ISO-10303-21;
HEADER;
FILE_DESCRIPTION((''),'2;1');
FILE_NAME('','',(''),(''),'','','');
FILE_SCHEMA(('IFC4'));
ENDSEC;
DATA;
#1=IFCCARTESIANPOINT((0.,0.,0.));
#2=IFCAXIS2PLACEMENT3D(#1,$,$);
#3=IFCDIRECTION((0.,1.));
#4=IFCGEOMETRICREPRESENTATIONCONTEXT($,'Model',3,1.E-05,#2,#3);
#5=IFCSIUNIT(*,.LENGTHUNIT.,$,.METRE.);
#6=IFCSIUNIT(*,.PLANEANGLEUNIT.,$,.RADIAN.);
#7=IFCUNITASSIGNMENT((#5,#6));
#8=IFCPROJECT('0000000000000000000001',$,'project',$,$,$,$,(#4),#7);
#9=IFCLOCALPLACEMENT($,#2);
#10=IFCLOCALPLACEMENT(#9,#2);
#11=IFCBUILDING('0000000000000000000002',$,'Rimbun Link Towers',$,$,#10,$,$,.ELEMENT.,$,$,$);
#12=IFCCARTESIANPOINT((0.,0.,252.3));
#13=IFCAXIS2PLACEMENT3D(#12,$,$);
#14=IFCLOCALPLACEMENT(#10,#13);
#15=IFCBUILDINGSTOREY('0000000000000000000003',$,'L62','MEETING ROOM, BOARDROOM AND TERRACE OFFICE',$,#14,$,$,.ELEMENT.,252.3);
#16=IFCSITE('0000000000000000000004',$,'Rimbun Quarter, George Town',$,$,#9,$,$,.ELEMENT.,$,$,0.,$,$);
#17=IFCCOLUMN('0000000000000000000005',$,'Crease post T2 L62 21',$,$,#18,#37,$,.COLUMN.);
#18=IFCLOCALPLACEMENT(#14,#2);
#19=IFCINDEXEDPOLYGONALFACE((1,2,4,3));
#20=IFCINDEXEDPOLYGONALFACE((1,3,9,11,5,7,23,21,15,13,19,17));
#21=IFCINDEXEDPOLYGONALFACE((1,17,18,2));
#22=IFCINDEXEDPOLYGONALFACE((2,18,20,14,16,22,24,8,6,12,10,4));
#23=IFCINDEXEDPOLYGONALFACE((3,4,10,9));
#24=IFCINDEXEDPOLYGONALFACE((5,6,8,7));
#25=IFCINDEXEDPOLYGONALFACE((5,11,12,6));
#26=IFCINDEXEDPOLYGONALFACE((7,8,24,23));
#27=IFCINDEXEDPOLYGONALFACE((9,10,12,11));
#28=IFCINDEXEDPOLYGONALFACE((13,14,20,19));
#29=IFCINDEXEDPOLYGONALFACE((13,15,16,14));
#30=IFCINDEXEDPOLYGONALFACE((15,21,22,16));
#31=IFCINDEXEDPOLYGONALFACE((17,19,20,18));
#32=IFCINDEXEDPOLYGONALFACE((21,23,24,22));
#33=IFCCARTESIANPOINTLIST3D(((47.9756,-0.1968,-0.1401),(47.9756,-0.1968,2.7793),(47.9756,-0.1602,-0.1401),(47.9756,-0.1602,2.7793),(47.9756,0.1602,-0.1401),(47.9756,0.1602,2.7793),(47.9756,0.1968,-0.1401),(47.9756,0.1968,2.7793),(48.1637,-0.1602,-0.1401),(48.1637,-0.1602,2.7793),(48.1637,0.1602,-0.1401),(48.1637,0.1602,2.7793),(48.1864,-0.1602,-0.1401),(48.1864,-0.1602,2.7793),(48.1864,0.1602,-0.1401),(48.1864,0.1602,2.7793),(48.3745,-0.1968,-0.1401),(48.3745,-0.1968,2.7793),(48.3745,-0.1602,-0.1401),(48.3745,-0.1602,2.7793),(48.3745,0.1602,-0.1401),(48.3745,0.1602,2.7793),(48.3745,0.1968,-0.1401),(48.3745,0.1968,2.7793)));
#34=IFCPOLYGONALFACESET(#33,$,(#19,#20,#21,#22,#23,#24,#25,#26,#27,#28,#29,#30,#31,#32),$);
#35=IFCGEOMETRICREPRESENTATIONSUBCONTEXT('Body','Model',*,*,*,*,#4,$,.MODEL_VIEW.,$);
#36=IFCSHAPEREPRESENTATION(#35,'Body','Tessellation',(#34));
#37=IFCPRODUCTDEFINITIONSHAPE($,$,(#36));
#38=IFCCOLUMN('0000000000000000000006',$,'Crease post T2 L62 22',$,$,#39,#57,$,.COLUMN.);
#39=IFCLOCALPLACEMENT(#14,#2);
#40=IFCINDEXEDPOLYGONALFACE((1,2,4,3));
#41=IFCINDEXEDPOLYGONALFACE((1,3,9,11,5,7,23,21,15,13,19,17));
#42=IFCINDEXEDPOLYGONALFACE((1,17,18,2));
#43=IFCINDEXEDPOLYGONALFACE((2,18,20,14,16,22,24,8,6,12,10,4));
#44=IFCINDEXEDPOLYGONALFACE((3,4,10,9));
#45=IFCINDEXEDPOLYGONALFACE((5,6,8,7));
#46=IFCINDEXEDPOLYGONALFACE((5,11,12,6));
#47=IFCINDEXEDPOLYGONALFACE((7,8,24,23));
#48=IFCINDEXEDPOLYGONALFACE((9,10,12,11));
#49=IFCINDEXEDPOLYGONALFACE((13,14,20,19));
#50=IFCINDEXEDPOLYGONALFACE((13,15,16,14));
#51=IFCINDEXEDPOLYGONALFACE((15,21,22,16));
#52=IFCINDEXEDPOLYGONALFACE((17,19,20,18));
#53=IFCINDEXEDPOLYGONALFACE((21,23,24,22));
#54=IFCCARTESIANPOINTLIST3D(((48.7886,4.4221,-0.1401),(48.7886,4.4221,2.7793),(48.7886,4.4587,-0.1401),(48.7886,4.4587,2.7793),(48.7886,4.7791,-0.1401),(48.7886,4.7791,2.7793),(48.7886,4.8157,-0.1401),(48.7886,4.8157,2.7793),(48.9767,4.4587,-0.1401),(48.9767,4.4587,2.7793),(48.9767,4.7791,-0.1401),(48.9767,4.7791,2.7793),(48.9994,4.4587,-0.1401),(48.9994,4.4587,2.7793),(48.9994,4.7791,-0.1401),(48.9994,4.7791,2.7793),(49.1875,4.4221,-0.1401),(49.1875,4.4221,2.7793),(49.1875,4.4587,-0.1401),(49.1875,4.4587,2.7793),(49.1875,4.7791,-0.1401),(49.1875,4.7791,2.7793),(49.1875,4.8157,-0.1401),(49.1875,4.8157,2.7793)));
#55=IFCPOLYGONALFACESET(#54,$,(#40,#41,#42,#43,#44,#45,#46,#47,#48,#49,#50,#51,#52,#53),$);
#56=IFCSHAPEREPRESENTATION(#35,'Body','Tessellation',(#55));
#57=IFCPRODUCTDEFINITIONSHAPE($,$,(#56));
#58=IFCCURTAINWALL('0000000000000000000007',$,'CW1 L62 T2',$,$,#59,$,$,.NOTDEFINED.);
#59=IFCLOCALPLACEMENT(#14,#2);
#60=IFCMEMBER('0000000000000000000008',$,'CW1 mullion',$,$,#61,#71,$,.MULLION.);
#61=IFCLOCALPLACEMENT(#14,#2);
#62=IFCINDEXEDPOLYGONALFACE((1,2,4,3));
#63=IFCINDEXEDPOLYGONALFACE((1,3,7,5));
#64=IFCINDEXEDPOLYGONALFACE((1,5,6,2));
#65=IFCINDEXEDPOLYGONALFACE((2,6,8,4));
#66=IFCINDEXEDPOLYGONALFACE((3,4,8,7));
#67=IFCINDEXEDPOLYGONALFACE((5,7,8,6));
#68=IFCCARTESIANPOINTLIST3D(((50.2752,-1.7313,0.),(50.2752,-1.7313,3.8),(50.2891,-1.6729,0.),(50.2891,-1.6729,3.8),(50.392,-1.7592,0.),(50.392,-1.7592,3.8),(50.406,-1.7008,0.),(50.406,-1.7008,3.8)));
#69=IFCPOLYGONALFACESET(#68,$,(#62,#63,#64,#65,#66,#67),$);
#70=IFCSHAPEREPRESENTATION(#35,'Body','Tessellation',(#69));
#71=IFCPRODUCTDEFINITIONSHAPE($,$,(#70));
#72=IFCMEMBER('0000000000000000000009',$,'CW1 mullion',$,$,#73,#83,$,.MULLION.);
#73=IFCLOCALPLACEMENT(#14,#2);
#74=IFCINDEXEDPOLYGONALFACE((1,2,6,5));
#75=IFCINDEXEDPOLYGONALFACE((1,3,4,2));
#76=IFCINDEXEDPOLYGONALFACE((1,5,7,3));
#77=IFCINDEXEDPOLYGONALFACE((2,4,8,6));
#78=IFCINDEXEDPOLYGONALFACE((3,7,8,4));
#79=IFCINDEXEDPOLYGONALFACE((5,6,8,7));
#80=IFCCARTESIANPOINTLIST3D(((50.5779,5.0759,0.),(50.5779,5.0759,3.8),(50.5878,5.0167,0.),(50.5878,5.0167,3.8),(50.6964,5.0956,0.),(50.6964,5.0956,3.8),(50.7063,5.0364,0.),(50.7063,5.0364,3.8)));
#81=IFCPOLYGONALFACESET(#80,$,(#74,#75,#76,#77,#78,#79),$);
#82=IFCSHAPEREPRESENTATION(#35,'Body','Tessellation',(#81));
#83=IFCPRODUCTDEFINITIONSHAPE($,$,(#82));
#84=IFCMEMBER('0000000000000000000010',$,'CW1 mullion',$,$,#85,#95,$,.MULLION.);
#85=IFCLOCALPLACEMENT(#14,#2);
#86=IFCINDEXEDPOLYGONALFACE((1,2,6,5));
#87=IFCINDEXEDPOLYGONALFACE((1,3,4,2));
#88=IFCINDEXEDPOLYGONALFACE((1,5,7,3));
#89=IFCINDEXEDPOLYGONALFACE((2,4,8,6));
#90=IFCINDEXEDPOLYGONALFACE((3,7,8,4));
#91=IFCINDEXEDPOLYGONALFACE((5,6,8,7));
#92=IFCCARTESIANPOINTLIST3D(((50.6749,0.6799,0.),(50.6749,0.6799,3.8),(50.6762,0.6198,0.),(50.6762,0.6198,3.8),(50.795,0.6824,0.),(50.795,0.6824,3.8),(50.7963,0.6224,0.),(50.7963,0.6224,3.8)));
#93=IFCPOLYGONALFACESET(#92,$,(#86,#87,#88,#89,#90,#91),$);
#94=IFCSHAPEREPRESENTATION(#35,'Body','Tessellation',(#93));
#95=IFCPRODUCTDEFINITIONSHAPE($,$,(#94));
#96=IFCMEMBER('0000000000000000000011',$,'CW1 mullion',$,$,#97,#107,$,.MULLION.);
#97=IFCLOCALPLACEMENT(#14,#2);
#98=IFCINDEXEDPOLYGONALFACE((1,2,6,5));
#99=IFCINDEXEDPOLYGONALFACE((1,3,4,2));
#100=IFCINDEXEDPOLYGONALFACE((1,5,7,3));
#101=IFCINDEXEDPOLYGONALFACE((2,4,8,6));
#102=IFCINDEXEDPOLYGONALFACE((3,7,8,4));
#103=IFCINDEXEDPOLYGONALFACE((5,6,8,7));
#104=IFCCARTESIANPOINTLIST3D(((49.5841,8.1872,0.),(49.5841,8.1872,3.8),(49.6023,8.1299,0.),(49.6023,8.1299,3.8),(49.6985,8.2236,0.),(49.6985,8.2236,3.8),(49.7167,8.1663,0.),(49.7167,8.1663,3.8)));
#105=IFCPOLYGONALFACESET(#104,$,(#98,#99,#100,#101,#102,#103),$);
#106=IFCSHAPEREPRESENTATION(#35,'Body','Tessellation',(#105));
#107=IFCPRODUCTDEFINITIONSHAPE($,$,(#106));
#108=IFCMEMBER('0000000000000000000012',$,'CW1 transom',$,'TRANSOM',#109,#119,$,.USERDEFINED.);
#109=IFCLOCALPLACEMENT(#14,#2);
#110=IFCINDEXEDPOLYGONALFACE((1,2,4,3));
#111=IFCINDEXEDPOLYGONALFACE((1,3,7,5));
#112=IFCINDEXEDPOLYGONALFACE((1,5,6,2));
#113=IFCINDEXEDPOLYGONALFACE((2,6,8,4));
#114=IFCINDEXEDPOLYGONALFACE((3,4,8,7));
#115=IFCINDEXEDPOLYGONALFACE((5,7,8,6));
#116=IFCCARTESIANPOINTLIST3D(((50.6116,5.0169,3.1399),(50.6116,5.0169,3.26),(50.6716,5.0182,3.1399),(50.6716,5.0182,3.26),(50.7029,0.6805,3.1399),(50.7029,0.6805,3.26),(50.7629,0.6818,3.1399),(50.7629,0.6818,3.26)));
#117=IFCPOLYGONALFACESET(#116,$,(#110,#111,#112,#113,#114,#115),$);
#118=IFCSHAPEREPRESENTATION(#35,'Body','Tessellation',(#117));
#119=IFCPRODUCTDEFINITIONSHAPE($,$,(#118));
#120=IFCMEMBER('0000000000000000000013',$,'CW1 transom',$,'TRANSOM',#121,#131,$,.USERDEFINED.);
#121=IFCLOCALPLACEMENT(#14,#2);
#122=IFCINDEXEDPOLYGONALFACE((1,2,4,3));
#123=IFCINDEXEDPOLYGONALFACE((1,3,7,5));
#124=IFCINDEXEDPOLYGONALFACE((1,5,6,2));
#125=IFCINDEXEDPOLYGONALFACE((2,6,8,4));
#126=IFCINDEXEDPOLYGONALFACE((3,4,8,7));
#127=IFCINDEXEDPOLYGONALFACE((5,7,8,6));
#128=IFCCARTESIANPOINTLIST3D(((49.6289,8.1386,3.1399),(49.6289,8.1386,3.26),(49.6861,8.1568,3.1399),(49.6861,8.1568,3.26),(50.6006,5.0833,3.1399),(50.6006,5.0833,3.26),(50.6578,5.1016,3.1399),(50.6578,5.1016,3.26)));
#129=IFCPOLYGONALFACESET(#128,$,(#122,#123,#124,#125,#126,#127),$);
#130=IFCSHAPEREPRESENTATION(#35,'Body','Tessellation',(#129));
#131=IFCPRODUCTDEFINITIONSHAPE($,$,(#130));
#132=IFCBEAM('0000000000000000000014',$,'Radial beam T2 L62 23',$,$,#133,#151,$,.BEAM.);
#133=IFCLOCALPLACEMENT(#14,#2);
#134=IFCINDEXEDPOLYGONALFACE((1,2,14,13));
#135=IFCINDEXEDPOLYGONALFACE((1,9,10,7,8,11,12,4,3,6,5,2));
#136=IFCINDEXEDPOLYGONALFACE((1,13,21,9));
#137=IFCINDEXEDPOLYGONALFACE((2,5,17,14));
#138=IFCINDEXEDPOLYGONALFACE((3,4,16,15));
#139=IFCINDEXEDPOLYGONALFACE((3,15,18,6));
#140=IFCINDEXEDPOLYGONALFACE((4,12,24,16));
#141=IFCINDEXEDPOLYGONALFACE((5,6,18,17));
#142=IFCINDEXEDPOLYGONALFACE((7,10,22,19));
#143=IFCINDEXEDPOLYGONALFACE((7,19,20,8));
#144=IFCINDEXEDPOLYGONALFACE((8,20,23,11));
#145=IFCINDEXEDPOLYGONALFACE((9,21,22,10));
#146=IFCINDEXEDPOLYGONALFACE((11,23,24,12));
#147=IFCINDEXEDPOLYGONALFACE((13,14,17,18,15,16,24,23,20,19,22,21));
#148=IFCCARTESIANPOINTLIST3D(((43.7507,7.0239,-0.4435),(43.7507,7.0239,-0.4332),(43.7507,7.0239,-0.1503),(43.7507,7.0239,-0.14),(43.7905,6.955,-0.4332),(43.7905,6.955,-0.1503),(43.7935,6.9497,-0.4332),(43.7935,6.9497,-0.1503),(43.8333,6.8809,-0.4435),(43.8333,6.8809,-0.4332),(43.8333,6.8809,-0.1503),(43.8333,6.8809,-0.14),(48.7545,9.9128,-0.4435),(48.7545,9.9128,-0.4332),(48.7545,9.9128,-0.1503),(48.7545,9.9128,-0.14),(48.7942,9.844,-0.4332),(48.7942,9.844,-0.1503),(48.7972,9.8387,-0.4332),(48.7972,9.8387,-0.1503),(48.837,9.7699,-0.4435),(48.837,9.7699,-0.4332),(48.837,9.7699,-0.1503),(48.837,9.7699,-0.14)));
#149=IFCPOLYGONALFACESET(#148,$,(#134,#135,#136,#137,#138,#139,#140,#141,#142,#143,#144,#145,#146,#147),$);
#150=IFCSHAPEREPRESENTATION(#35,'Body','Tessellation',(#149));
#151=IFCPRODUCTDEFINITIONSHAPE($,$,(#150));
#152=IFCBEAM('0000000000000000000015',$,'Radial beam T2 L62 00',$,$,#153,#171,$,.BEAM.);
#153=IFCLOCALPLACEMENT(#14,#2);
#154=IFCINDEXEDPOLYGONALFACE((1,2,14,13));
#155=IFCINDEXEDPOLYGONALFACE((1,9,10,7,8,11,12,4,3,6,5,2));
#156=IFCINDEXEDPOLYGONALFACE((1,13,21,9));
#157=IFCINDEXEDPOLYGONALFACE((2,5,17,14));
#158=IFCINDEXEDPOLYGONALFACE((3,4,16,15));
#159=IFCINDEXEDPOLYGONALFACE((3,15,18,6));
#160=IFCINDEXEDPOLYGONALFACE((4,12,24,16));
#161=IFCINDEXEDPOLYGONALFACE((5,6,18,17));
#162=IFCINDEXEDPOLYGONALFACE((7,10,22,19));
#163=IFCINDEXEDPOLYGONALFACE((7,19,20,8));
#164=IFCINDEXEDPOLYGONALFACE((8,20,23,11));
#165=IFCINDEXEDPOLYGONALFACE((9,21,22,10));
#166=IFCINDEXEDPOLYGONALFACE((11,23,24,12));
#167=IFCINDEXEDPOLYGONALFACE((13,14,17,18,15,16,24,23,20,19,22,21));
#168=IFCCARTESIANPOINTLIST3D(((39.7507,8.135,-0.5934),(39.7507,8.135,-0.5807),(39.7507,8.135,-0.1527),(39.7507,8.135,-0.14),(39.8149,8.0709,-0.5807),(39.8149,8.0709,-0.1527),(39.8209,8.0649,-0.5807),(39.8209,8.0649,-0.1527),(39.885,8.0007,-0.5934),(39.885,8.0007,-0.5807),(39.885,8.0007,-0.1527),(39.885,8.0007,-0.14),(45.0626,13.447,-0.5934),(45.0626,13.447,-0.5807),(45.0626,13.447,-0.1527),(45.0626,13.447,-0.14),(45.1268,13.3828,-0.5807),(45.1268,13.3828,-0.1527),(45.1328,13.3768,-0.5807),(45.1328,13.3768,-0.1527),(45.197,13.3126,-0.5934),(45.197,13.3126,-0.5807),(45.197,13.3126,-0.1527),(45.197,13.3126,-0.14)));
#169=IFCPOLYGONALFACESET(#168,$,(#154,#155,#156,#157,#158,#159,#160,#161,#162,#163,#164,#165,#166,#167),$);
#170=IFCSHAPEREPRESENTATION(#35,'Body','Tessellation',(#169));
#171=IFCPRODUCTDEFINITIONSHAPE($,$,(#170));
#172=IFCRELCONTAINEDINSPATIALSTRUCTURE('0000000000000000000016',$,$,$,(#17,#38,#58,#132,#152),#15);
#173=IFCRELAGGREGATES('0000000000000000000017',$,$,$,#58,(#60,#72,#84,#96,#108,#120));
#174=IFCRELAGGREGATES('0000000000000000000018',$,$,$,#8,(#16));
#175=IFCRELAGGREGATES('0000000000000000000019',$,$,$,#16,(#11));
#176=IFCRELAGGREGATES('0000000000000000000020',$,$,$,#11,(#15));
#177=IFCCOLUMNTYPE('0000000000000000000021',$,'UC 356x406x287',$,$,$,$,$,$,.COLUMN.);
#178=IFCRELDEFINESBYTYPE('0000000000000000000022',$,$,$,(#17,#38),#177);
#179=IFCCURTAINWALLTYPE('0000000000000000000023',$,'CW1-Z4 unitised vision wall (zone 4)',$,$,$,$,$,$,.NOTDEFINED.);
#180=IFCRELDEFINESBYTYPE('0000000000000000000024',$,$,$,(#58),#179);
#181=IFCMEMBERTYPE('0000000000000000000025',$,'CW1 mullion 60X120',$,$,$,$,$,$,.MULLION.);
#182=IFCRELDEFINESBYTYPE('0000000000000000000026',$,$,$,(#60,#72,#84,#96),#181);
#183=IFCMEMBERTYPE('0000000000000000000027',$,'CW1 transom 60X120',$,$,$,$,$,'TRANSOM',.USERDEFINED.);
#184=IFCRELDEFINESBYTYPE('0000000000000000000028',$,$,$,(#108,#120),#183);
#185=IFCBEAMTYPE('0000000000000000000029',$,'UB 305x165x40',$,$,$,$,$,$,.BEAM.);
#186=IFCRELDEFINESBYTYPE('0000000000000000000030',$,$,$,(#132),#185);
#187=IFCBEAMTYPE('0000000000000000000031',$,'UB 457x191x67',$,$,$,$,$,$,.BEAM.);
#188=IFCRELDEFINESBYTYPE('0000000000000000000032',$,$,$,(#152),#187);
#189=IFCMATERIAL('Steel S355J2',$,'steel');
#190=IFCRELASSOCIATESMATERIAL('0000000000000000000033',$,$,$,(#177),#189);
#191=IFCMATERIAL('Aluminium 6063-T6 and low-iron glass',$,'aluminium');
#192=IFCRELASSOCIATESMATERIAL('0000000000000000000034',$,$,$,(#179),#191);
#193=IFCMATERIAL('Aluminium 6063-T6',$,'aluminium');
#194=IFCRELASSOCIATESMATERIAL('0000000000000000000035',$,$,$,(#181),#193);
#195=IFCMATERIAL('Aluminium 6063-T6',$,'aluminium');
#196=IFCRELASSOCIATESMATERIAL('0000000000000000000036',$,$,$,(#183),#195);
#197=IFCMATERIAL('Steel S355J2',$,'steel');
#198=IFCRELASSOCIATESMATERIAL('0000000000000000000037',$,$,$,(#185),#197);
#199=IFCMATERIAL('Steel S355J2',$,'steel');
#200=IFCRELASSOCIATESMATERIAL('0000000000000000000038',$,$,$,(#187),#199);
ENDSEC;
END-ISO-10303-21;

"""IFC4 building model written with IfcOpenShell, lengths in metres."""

from ifc_helpers import new_model, si_unit, direction, frame, origin, origin_2d, place, context, subcontext, project, spatial, rectangle, i_section, extrude, material, material_profile, profile_set, type_object, element, aggregate, save


model = new_model("IFC4")

# Units and contexts
model_context = context("Model", 3, precision=1e-05, world=origin(), true_north=direction((0.0, 1.0)))
body_context = subcontext(model_context, "Body", "Model", "MODEL_VIEW")
ifc_project = project(units=[si_unit("LENGTHUNIT", "METRE"), si_unit("PLANEANGLEUNIT", "RADIAN")], contexts=[model_context])

# Site, building, storey
site_placement = place(None, origin())
site = spatial("IfcSite", under=ifc_project, at=site_placement, Name="Rimbun Quarter, George Town", CompositionType="ELEMENT", RefElevation=0.0)
building_placement = place(site_placement, origin())
building = spatial("IfcBuilding", under=site, at=building_placement, Name="Rimbun Link Towers", CompositionType="ELEMENT")
storey_placement = place(building_placement, frame((0.0, 0.0, 252.3)))
storey = spatial("IfcBuildingStorey", under=building, at=storey_placement, Name="L62", Description="MEETING ROOM, BOARDROOM AND TERRACE OFFICE", CompositionType="ELEMENT", Elevation=252.3)

# Columns
ifc_material_1 = material(Name="Steel S355J2", Category="steel")
ifc_material_profile_1 = material_profile(ifc_material_1, i_section(OverallWidth=0.3989, OverallDepth=0.3936, WebThickness=0.0227, FlangeThickness=0.0366, at=origin_2d()), Name="UC 356x406x287")
ifc_profile_set_1 = profile_set([ifc_material_profile_1], Name="Steel S355J2")
column_type = type_object("IfcColumnType", Name="UC 356x406x287", PredefinedType="COLUMN", material=ifc_profile_set_1)
for number, where, z_axis, x_axis, name in (
    (1, (48.175, 0.0, -0.1401), (0.0, 0.0, 1.0), (1.0, 0.0, 0.0), "Crease post T2 L62 21"),
    (2, (48.988, 4.6189, -0.1401), (0.0, 0.0, 1.0), (1.0, 0.0, 0.0), "Crease post T2 L62 22"),
):
    element("IfcColumn", number, at=place(storey_placement, frame(where, z_axis=z_axis, x_axis=x_axis)), inside=storey, type_object=column_type, Name=name, PredefinedType="COLUMN", context=body_context, shape_type="SweptSolid", body=[
        extrude(i_section(OverallWidth=0.3989, OverallDepth=0.3936, WebThickness=0.0227, FlangeThickness=0.0366, at=origin_2d()), origin(), (0.0, 0.0, 1.0), 2.9194),
    ])

# Curtain wall, members
ifc_material_2 = material(Name="Aluminium 6063-T6 and low-iron glass", Category="aluminium")
curtain_wall_type = type_object("IfcCurtainWallType", Name="CW1-Z4 unitised vision wall (zone 4)", PredefinedType="NOTDEFINED", material=ifc_material_2)
curtain_wall_placement = place(storey_placement, origin())
curtain_wall = element("IfcCurtainWall", 3, at=curtain_wall_placement, inside=storey, type_object=curtain_wall_type, Name="CW1 L62 T2", PredefinedType="NOTDEFINED")
ifc_material_3 = material(Name="Aluminium 6063-T6", Category="aluminium")
ifc_material_profile_2 = material_profile(ifc_material_3, rectangle(XDim=0.1201, YDim=0.0601, at=origin_2d()), Name="MULLION 60X120")
ifc_profile_set_2 = profile_set([ifc_material_profile_2], Name="Aluminium 6063-T6")
member_type_1 = type_object("IfcMemberType", Name="CW1 mullion 60X120", PredefinedType="MULLION", material=ifc_profile_set_2)
member_1_placement = place(storey_placement, frame((50.3406, -1.7161, 0.0), z_axis=(0.0, 0.0, 1.0), x_axis=(0.972571, -0.232605, 0.0)))
member_1 = element("IfcMember", 4, at=member_1_placement, type_object=member_type_1, Name="CW1 mullion", PredefinedType="MULLION", context=body_context, shape_type="SweptSolid", body=[
    extrude(rectangle(XDim=0.1201, YDim=0.0601, at=origin_2d()), origin(), (0.0, 0.0, 1.0), 3.8),
])
member_2_placement = place(storey_placement, frame((50.6421, 5.0562, 0.0), z_axis=(0.0, 0.0, 1.0), x_axis=(0.986503, 0.163742, 0.0)))
member_2 = element("IfcMember", 5, at=member_2_placement, type_object=member_type_1, Name="CW1 mullion", PredefinedType="MULLION", context=body_context, shape_type="SweptSolid", body=[
    extrude(rectangle(XDim=0.1201, YDim=0.0601, at=origin_2d()), origin(), (0.0, 0.0, 1.0), 3.8),
])
member_3_placement = place(storey_placement, frame((50.7356, 0.6511, 0.0), z_axis=(0.0, 0.0, 1.0), x_axis=(0.999778, 0.02106, 0.0)))
member_3 = element("IfcMember", 6, at=member_3_placement, type_object=member_type_1, Name="CW1 mullion", PredefinedType="MULLION", context=body_context, shape_type="SweptSolid", body=[
    extrude(rectangle(XDim=0.1201, YDim=0.0601, at=origin_2d()), origin(), (0.0, 0.0, 1.0), 3.8),
])
member_4_placement = place(storey_placement, frame((49.6504, 8.1768, 0.0), z_axis=(0.0, 0.0, 1.0), x_axis=(0.952971, 0.303061, 0.0)))
member_4 = element("IfcMember", 7, at=member_4_placement, type_object=member_type_1, Name="CW1 mullion", PredefinedType="MULLION", context=body_context, shape_type="SweptSolid", body=[
    extrude(rectangle(XDim=0.1201, YDim=0.0601, at=origin_2d()), origin(), (0.0, 0.0, 1.0), 3.8),
])
ifc_material_4 = material(Name="Aluminium 6063-T6", Category="aluminium")
ifc_material_profile_3 = material_profile(ifc_material_4, rectangle(XDim=0.0601, YDim=0.1201, at=origin_2d()), Name="TRANSOM 60X120")
ifc_profile_set_3 = profile_set([ifc_material_profile_3], Name="Aluminium 6063-T6")
member_type_2 = type_object("IfcMemberType", Name="CW1 transom 60X120", ElementType="TRANSOM", PredefinedType="USERDEFINED", material=ifc_profile_set_3)
member_5_placement = place(storey_placement, frame((50.6416, 5.0176, 3.2), z_axis=(0.021052, -0.999778, 0.0), x_axis=(0.999778, 0.021052, 0.0)))
member_5 = element("IfcMember", 8, at=member_5_placement, type_object=member_type_2, Name="CW1 transom", ObjectType="TRANSOM", PredefinedType="USERDEFINED", context=body_context, shape_type="SweptSolid", body=[
    extrude(rectangle(XDim=0.0601, YDim=0.1201, at=origin_2d()), origin(), (0.0, 0.0, 1.0), 4.3374),
])
member_6_placement = place(storey_placement, frame((49.6575, 8.1477, 3.2), z_axis=(0.303084, -0.952964, 0.0), x_axis=(0.952964, 0.303084, 0.0)))
member_6 = element("IfcMember", 9, at=member_6_placement, type_object=member_type_2, Name="CW1 transom", ObjectType="TRANSOM", PredefinedType="USERDEFINED", context=body_context, shape_type="SweptSolid", body=[
    extrude(rectangle(XDim=0.0601, YDim=0.1201, at=origin_2d()), origin(), (0.0, 0.0, 1.0), 3.2061),
])

# Beams
ifc_material_5 = material(Name="Steel S355J2", Category="steel")
ifc_material_profile_4 = material_profile(ifc_material_5, i_section(OverallWidth=0.165, OverallDepth=0.3035, WebThickness=0.0061, FlangeThickness=0.0103, at=origin_2d()), Name="UB 305x165x40")
ifc_profile_set_4 = profile_set([ifc_material_profile_4], Name="Steel S355J2")
beam_type_1 = type_object("IfcBeamType", Name="UB 305x165x40", PredefinedType="BEAM", material=ifc_profile_set_4)
beam_1_placement = place(storey_placement, frame((43.792, 6.9524, -0.2917), z_axis=(0.866022, 0.500007, 0.0), x_axis=(-0.500007, 0.866022, 0.0)))
element("IfcBeam", 10, at=beam_1_placement, inside=storey, type_object=beam_type_1, Name="Radial beam T2 L62 23", PredefinedType="BEAM", context=body_context, shape_type="SweptSolid", body=[
    extrude(i_section(OverallWidth=0.165, OverallDepth=0.3035, WebThickness=0.0061, FlangeThickness=0.0103, at=origin_2d()), origin(), (0.0, 0.0, 1.0), 5.7778),
])
ifc_material_6 = material(Name="Steel S355J2", Category="steel")
ifc_material_profile_5 = material_profile(ifc_material_6, i_section(OverallWidth=0.1899, OverallDepth=0.4534, WebThickness=0.0085, FlangeThickness=0.0127, at=origin_2d()), Name="UB 457x191x67")
ifc_profile_set_5 = profile_set([ifc_material_profile_5], Name="Steel S355J2")
beam_type_2 = type_object("IfcBeamType", Name="UB 457x191x67", PredefinedType="BEAM", material=ifc_profile_set_5)
beam_2_placement = place(storey_placement, frame((39.8179, 8.0679, -0.3667), z_axis=(0.707107, 0.707107, 0.0), x_axis=(-0.707107, 0.707107, 0.0)))
element("IfcBeam", 11, at=beam_2_placement, inside=storey, type_object=beam_type_2, Name="Radial beam T2 L62 00", PredefinedType="BEAM", context=body_context, shape_type="SweptSolid", body=[
    extrude(i_section(OverallWidth=0.1899, OverallDepth=0.4534, WebThickness=0.0085, FlangeThickness=0.0127, at=origin_2d()), origin(), (0.0, 0.0, 1.0), 7.5122),
])

aggregate(curtain_wall, [member_1, member_2, member_3, member_4, member_5, member_6])

save(model, "model.ifc")
